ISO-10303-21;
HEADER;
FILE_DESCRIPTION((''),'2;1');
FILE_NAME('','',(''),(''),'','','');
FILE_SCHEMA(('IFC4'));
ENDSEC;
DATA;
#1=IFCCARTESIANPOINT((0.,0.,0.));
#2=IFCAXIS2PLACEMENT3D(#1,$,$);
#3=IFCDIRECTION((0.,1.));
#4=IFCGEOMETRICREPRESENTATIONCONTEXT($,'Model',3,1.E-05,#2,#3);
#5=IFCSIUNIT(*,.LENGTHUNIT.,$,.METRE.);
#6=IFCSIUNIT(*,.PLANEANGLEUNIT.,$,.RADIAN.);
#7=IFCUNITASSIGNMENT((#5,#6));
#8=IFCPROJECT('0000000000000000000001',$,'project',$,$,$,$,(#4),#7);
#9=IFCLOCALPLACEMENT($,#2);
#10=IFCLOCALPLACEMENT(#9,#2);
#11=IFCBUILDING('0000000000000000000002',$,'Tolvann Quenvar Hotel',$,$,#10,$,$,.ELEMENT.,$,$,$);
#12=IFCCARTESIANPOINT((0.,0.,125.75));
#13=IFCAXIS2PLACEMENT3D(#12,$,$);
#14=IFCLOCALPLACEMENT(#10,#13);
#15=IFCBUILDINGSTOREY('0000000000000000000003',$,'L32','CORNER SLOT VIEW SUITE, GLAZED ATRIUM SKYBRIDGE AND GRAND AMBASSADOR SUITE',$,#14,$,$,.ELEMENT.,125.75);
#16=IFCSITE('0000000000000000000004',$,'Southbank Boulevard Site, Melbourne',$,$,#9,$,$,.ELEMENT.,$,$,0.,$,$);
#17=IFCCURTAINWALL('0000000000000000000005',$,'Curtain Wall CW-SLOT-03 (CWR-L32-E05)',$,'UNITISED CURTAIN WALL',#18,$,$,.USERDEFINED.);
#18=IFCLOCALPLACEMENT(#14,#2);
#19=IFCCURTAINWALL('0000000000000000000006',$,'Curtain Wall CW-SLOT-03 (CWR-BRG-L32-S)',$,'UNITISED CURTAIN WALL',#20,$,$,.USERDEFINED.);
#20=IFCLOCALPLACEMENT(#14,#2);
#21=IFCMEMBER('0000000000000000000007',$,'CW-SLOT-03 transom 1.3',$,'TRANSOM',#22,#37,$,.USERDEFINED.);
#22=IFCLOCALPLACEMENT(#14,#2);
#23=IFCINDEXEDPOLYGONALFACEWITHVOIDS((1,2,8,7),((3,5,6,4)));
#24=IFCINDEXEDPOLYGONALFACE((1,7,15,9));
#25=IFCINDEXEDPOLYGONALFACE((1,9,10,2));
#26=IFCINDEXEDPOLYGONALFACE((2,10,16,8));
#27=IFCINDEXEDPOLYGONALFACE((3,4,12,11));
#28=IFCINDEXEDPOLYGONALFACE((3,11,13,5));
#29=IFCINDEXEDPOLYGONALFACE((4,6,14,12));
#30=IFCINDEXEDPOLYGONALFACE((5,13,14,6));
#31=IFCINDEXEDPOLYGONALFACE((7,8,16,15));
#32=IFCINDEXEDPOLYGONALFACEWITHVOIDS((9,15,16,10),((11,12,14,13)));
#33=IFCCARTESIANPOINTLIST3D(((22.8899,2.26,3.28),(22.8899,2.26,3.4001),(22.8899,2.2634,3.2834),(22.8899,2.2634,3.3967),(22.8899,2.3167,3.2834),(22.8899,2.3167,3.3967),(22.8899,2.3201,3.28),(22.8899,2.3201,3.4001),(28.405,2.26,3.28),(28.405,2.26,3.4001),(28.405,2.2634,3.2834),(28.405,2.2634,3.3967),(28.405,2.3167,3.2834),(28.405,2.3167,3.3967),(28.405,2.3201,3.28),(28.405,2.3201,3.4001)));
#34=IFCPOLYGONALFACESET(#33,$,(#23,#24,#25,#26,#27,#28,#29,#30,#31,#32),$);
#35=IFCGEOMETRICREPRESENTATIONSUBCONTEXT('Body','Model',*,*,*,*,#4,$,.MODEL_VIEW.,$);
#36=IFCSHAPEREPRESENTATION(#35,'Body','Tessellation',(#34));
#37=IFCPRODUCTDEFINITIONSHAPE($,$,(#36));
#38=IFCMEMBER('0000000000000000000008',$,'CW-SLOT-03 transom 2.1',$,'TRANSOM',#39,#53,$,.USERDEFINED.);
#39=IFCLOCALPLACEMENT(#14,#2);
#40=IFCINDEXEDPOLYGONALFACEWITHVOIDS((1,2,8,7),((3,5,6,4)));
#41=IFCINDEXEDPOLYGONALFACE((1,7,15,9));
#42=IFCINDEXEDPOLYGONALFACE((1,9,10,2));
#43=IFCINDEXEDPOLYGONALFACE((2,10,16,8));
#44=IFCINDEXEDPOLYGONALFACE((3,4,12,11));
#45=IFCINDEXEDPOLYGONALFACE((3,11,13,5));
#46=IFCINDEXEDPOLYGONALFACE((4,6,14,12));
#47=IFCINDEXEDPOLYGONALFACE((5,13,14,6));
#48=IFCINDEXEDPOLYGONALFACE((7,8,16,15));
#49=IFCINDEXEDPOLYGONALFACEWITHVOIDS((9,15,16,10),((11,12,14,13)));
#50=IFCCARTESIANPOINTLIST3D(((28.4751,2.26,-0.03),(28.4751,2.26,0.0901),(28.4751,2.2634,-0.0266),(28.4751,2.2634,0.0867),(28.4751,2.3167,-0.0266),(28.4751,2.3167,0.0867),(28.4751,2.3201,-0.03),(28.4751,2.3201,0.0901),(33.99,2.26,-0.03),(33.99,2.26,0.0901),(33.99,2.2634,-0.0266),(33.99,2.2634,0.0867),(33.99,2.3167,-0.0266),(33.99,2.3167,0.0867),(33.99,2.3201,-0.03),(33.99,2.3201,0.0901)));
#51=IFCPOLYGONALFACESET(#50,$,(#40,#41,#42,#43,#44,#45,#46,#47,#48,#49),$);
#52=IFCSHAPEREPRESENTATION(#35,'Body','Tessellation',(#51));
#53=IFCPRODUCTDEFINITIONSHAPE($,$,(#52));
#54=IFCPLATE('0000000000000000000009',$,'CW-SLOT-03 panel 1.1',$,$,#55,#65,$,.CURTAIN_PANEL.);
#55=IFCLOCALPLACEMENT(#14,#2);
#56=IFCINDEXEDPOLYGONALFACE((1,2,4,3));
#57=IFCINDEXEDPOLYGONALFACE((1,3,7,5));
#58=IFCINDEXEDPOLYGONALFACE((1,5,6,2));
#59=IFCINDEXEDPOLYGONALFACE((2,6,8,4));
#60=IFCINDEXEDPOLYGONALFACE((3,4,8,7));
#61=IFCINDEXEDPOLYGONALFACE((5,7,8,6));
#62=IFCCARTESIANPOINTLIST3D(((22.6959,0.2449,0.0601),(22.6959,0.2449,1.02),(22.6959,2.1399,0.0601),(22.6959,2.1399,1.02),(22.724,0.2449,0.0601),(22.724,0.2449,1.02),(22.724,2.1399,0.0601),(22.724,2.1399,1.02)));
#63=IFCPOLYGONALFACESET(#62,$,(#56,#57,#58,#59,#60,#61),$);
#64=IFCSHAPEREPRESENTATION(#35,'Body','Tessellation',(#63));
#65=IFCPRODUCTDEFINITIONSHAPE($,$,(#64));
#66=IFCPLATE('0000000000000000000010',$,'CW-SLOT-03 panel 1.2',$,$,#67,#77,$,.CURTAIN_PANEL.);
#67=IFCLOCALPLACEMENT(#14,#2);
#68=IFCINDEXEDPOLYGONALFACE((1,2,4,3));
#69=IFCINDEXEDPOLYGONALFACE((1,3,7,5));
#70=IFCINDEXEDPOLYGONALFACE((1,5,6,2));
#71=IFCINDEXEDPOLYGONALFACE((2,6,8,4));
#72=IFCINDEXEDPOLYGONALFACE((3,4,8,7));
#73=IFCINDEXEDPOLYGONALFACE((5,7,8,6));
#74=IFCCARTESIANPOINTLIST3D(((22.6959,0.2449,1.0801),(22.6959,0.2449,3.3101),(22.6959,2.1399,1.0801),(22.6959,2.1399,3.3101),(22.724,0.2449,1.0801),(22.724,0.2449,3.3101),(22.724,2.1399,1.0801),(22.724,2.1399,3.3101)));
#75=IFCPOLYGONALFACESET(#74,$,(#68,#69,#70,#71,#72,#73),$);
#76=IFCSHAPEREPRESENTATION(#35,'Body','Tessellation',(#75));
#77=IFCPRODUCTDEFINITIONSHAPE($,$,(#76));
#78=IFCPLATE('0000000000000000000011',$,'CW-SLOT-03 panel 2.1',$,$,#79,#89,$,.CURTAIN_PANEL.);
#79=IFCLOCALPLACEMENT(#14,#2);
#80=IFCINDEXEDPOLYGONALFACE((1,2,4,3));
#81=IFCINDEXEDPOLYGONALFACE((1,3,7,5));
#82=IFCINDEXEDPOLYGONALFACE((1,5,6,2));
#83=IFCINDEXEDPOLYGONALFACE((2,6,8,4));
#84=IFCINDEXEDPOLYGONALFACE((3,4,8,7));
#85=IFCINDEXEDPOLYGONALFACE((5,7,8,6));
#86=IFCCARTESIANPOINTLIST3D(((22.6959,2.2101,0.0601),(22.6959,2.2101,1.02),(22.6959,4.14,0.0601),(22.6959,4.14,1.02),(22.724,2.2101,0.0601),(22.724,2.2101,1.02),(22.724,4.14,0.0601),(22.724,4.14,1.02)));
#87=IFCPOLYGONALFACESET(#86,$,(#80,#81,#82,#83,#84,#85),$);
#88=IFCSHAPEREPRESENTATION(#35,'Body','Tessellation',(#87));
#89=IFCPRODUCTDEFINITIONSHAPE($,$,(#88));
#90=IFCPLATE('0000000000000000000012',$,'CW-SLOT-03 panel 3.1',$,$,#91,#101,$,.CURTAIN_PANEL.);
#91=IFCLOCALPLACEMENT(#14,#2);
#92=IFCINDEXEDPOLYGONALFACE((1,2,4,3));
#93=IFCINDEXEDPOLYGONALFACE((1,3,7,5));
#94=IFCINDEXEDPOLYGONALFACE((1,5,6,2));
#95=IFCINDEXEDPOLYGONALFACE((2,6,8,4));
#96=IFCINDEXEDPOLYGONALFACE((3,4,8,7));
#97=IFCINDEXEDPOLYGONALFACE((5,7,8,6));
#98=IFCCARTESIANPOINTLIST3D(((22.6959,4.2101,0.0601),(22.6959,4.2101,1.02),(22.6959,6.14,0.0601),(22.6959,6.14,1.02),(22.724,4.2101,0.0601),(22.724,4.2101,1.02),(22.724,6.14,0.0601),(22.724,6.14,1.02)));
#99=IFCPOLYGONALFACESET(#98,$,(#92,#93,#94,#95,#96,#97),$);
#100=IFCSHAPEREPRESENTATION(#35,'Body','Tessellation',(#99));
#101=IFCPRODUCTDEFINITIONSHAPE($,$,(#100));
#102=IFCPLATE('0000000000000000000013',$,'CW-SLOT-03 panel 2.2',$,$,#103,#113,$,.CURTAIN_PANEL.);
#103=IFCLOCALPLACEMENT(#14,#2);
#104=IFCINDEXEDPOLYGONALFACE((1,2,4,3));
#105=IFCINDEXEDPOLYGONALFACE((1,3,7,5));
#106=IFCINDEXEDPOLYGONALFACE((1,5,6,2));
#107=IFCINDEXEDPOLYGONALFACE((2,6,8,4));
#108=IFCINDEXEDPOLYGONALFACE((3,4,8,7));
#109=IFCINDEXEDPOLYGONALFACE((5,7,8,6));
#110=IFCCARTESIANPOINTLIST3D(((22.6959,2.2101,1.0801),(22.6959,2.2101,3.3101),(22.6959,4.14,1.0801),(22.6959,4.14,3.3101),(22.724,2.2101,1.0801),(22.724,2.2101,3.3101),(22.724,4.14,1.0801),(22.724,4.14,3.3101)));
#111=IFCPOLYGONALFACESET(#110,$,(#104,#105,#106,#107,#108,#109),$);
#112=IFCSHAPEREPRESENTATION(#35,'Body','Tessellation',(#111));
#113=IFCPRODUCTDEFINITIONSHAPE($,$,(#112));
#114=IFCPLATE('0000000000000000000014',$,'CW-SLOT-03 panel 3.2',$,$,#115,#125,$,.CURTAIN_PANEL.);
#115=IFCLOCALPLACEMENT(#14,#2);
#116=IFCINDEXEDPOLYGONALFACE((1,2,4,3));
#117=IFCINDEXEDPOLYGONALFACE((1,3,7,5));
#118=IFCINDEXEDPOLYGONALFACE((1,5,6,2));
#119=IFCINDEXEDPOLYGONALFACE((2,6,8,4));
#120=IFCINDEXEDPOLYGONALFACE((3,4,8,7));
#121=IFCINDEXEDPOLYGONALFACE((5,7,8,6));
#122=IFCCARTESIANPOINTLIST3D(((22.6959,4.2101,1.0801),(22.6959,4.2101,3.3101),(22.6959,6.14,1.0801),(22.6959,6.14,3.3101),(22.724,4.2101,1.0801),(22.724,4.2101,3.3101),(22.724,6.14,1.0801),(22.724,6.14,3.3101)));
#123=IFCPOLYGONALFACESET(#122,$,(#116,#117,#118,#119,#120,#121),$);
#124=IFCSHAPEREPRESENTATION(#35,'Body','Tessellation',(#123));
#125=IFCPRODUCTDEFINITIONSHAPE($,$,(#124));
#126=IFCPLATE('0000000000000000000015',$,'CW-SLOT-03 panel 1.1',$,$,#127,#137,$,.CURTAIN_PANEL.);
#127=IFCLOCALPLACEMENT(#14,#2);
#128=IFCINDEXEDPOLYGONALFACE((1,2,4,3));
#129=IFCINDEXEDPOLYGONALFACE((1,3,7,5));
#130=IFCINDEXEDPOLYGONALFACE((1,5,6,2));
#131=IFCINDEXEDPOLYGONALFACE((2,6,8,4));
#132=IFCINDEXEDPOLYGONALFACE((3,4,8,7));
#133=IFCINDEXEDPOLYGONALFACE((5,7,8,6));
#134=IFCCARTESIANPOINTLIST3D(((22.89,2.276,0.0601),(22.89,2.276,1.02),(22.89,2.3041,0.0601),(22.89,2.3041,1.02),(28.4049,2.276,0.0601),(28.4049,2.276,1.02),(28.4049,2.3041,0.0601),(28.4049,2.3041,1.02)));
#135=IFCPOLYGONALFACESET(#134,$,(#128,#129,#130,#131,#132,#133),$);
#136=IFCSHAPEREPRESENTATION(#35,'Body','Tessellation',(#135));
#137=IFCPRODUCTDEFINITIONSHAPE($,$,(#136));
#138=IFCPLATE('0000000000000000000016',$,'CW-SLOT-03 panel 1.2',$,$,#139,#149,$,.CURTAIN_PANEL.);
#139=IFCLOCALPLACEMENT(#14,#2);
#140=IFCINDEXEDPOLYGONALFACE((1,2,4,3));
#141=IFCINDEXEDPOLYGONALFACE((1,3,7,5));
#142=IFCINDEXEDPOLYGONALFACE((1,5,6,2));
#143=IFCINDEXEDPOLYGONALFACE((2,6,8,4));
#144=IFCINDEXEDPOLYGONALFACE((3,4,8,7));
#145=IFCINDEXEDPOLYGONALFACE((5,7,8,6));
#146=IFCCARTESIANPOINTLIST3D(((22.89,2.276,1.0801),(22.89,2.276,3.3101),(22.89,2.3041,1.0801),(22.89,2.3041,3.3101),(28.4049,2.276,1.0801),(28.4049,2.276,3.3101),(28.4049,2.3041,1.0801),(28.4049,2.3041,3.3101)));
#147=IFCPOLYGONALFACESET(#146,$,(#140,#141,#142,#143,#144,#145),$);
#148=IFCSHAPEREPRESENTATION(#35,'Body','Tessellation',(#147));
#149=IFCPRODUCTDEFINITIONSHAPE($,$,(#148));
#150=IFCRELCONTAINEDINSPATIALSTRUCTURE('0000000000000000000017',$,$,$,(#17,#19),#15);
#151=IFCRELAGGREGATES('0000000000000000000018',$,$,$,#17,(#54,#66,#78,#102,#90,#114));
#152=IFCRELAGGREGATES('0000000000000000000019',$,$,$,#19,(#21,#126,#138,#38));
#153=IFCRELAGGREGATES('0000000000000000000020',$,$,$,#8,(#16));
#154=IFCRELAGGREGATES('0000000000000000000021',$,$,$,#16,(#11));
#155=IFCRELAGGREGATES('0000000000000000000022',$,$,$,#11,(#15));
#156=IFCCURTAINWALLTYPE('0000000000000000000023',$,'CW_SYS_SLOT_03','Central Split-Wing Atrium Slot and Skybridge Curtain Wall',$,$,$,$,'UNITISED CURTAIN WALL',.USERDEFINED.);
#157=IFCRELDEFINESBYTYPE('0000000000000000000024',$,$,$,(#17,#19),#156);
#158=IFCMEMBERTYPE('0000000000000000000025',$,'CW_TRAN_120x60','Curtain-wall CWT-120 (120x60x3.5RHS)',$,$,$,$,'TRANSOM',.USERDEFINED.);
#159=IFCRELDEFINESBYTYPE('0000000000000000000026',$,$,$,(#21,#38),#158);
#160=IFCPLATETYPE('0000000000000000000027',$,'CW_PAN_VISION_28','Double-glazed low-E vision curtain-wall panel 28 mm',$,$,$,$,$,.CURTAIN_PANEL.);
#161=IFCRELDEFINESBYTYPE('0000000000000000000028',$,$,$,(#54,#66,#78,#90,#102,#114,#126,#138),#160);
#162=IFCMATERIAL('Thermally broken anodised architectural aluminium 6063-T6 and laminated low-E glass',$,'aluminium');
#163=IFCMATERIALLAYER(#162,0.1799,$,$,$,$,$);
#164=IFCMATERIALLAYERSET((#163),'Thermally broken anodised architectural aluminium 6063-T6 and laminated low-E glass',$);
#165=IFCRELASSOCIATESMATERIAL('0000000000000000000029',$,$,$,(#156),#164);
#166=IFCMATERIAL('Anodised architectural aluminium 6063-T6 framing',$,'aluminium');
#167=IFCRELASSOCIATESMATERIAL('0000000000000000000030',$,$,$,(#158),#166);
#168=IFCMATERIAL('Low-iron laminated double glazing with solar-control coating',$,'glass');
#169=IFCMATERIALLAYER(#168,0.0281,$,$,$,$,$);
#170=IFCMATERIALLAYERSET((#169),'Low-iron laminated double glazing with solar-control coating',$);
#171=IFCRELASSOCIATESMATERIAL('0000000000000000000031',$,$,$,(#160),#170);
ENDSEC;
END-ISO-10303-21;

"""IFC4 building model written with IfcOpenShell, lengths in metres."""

from ifc_helpers import new_model, si_unit, direction, frame, origin, origin_2d, place, context, subcontext, project, spatial, rectangle, hollow_rectangle, extrude, source, transform, mapped, material, layer, layer_set, material_profile, profile_set, type_object, type_shapes, element, aggregate, save


model = new_model("IFC4")

# Units and contexts
model_context = context("Model", 3, precision=1e-05, world=origin(), true_north=direction((0.0, 1.0)))
body_context = subcontext(model_context, "Body", "Model", "MODEL_VIEW")
ifc_project = project(units=[si_unit("LENGTHUNIT", "METRE"), si_unit("PLANEANGLEUNIT", "RADIAN")], contexts=[model_context])

# Site, building, storey
site_placement = place(None, origin())
site = spatial("IfcSite", under=ifc_project, at=site_placement, Name="Southbank Boulevard Site, Melbourne", CompositionType="ELEMENT", RefElevation=0.0)
building_placement = place(site_placement, origin())
building = spatial("IfcBuilding", under=site, at=building_placement, Name="Tolvann Quenvar Hotel", CompositionType="ELEMENT")
storey_placement = place(building_placement, frame((0.0, 0.0, 125.75)))
storey = spatial("IfcBuildingStorey", under=building, at=storey_placement, Name="L32", Description="CORNER SLOT VIEW SUITE, GLAZED ATRIUM SKYBRIDGE AND GRAND AMBASSADOR SUITE", CompositionType="ELEMENT", Elevation=125.75)

# Curtain walls
ifc_material_1 = material(Name="Thermally broken anodised architectural aluminium 6063-T6 and laminated low-E glass", Category="aluminium")
ifc_layer_1 = layer(ifc_material_1, 0.1799)
ifc_layer_set_1 = layer_set([ifc_layer_1], Name="Thermally broken anodised architectural aluminium 6063-T6 and laminated low-E glass")
curtain_wall_type = type_object("IfcCurtainWallType", Name="CW_SYS_SLOT_03", Description="Central Split-Wing Atrium Slot and Skybridge Curtain Wall", ElementType="UNITISED CURTAIN WALL", PredefinedType="USERDEFINED", material=ifc_layer_set_1)
curtain_wall_1_placement = place(storey_placement, origin())
curtain_wall_1 = element("IfcCurtainWall", 1, at=curtain_wall_1_placement, inside=storey, type_object=curtain_wall_type, Name="Curtain Wall CW-SLOT-03 (CWR-L32-E05)", ObjectType="UNITISED CURTAIN WALL", PredefinedType="USERDEFINED")
ifc_material_2 = material(Name="Anodised architectural aluminium 6063-T6 framing", Category="aluminium")
curtain_wall_2_placement = place(storey_placement, origin())
curtain_wall_2 = element("IfcCurtainWall", 2, at=curtain_wall_2_placement, inside=storey, type_object=curtain_wall_type, Name="Curtain Wall CW-SLOT-03 (CWR-BRG-L32-S)", ObjectType="UNITISED CURTAIN WALL", PredefinedType="USERDEFINED")

# Members
ifc_material_profile_1 = material_profile(ifc_material_2, hollow_rectangle(XDim=0.0601, YDim=0.1201, WallThickness=0.0034, at=origin_2d()), Name="120x60x3.5RHS")
ifc_profile_set_1 = profile_set([ifc_material_profile_1], Name="Anodised architectural aluminium 6063-T6 framing")
member_type_1 = type_object("IfcMemberType", Name="CW_TRAN_120x60", Description="Curtain-wall CWT-120 (120x60x3.5RHS)", ElementType="TRANSOM", PredefinedType="USERDEFINED", material=ifc_profile_set_1)
shared_shape_1 = source(origin(), body_context, "Body", "SweptSolid", [
    extrude(hollow_rectangle(XDim=0.0601, YDim=0.1201, WallThickness=0.0034, at=origin_2d()), origin(), (0.0, 0.0, 1.0), 5.5151),
])
member_1_placement = place(storey_placement, frame((22.8899, 2.29, 3.3401), z_axis=(1.0, 0.0, 0.0), x_axis=(0.0, 1.0, 0.0)))
member_1 = element("IfcMember", 3, at=member_1_placement, type_object=member_type_1, Name="CW-SLOT-03 transom 1.3", ObjectType="TRANSOM", PredefinedType="USERDEFINED", context=body_context, shape_type="MappedRepresentation", body=[
    mapped(shared_shape_1, transform((0.0, 0.0, 0.0), x_axis=(1.0, 0.0, 0.0), y_axis=(0.0, 1.0, 0.0), z_axis=(0.0, 0.0, 1.0), scale=1.0)),
])
shared_shape_2 = source(origin(), body_context, "Body", "SweptSolid", [
    extrude(hollow_rectangle(XDim=0.0601, YDim=0.1201, WallThickness=0.0034, at=origin_2d()), origin(), (0.0, 0.0, 1.0), 5.5149),
])
member_2_placement = place(storey_placement, frame((28.4751, 2.29, 0.03), z_axis=(1.0, 0.0, 0.0), x_axis=(0.0, 1.0, 0.0)))
member_2 = element("IfcMember", 4, at=member_2_placement, type_object=member_type_1, Name="CW-SLOT-03 transom 2.1", ObjectType="TRANSOM", PredefinedType="USERDEFINED", context=body_context, shape_type="MappedRepresentation", body=[
    mapped(shared_shape_2, transform((0.0, 0.0, 0.0), x_axis=(1.0, 0.0, 0.0), y_axis=(0.0, 1.0, 0.0), z_axis=(0.0, 0.0, 1.0), scale=1.0)),
])

# Plates
ifc_material_3 = material(Name="Low-iron laminated double glazing with solar-control coating", Category="glass")
ifc_layer_2 = layer(ifc_material_3, 0.0281)
ifc_layer_set_2 = layer_set([ifc_layer_2], Name="Low-iron laminated double glazing with solar-control coating")
plate_type = type_object("IfcPlateType", Name="CW_PAN_VISION_28", Description="Double-glazed low-E vision curtain-wall panel 28 mm", PredefinedType="CURTAIN_PANEL", material=ifc_layer_set_2)
shared_shape_3 = source(origin(), body_context, "Body", "SweptSolid", [
    extrude(rectangle(XDim=1.895, YDim=0.0281, at=origin_2d()), origin(), (0.0, 0.0, 1.0), 0.96),
])
plate_1_placement = place(storey_placement, frame((22.71, 1.1924, 0.0601), z_axis=(0.0, 0.0, 1.0), x_axis=(0.0, 1.0, 0.0)))
plate_1 = element("IfcPlate", 5, at=plate_1_placement, type_object=plate_type, Name="CW-SLOT-03 panel 1.1", PredefinedType="CURTAIN_PANEL", context=body_context, shape_type="MappedRepresentation", body=[
    mapped(shared_shape_3, transform((0.0, 0.0, 0.0), x_axis=(1.0, 0.0, 0.0), y_axis=(0.0, 1.0, 0.0), z_axis=(0.0, 0.0, 1.0), scale=1.0)),
])
shared_shape_4 = source(origin(), body_context, "Body", "SweptSolid", [
    extrude(rectangle(XDim=1.895, YDim=0.0281, at=origin_2d()), origin(), (0.0, 0.0, 1.0), 2.23),
])
plate_2_placement = place(storey_placement, frame((22.71, 1.1924, 1.0801), z_axis=(0.0, 0.0, 1.0), x_axis=(0.0, 1.0, 0.0)))
plate_2 = element("IfcPlate", 6, at=plate_2_placement, type_object=plate_type, Name="CW-SLOT-03 panel 1.2", PredefinedType="CURTAIN_PANEL", context=body_context, shape_type="MappedRepresentation", body=[
    mapped(shared_shape_4, transform((0.0, 0.0, 0.0), x_axis=(1.0, 0.0, 0.0), y_axis=(0.0, 1.0, 0.0), z_axis=(0.0, 0.0, 1.0), scale=1.0)),
])
shared_shape_5 = source(origin(), body_context, "Body", "SweptSolid", [
    extrude(rectangle(XDim=1.9299, YDim=0.0281, at=origin_2d()), origin(), (0.0, 0.0, 1.0), 0.96),
])
plate_3_placement = place(storey_placement, frame((22.71, 3.175, 0.0601), z_axis=(0.0, 0.0, 1.0), x_axis=(0.0, 1.0, 0.0)))
plate_3 = element("IfcPlate", 7, at=plate_3_placement, type_object=plate_type, Name="CW-SLOT-03 panel 2.1", PredefinedType="CURTAIN_PANEL", context=body_context, shape_type="MappedRepresentation", body=[
    mapped(shared_shape_5, transform((0.0, 0.0, 0.0), x_axis=(1.0, 0.0, 0.0), y_axis=(0.0, 1.0, 0.0), z_axis=(0.0, 0.0, 1.0), scale=1.0)),
])
plate_4_placement = place(storey_placement, frame((22.71, 5.175, 0.0601), z_axis=(0.0, 0.0, 1.0), x_axis=(0.0, 1.0, 0.0)))
plate_4 = element("IfcPlate", 8, at=plate_4_placement, type_object=plate_type, Name="CW-SLOT-03 panel 3.1", PredefinedType="CURTAIN_PANEL", context=body_context, shape_type="MappedRepresentation", body=[
    mapped(shared_shape_5, transform((0.0, 0.0, 0.0), x_axis=(1.0, 0.0, 0.0), y_axis=(0.0, 1.0, 0.0), z_axis=(0.0, 0.0, 1.0), scale=1.0)),
])
shared_shape_6 = source(origin(), body_context, "Body", "SweptSolid", [
    extrude(rectangle(XDim=1.9299, YDim=0.0281, at=origin_2d()), origin(), (0.0, 0.0, 1.0), 2.23),
])
plate_5_placement = place(storey_placement, frame((22.71, 3.175, 1.0801), z_axis=(0.0, 0.0, 1.0), x_axis=(0.0, 1.0, 0.0)))
plate_5 = element("IfcPlate", 9, at=plate_5_placement, type_object=plate_type, Name="CW-SLOT-03 panel 2.2", PredefinedType="CURTAIN_PANEL", context=body_context, shape_type="MappedRepresentation", body=[
    mapped(shared_shape_6, transform((0.0, 0.0, 0.0), x_axis=(1.0, 0.0, 0.0), y_axis=(0.0, 1.0, 0.0), z_axis=(0.0, 0.0, 1.0), scale=1.0)),
])
plate_6_placement = place(storey_placement, frame((22.71, 5.175, 1.0801), z_axis=(0.0, 0.0, 1.0), x_axis=(0.0, 1.0, 0.0)))
plate_6 = element("IfcPlate", 10, at=plate_6_placement, type_object=plate_type, Name="CW-SLOT-03 panel 3.2", PredefinedType="CURTAIN_PANEL", context=body_context, shape_type="MappedRepresentation", body=[
    mapped(shared_shape_6, transform((0.0, 0.0, 0.0), x_axis=(1.0, 0.0, 0.0), y_axis=(0.0, 1.0, 0.0), z_axis=(0.0, 0.0, 1.0), scale=1.0)),
])
aggregate(curtain_wall_1, [plate_1, plate_2, plate_3, plate_5, plate_4, plate_6])
shared_shape_7 = source(origin(), body_context, "Body", "SweptSolid", [
    extrude(rectangle(XDim=5.5149, YDim=0.0281, at=origin_2d()), origin(), (0.0, 0.0, 1.0), 0.96),
])
plate_7_placement = place(storey_placement, frame((25.6475, 2.29, 0.0601), z_axis=(0.0, 0.0, 1.0), x_axis=(1.0, 0.0, 0.0)))
plate_7 = element("IfcPlate", 11, at=plate_7_placement, type_object=plate_type, Name="CW-SLOT-03 panel 1.1", PredefinedType="CURTAIN_PANEL", context=body_context, shape_type="MappedRepresentation", body=[
    mapped(shared_shape_7, transform((0.0, 0.0, 0.0), x_axis=(1.0, 0.0, 0.0), y_axis=(0.0, 1.0, 0.0), z_axis=(0.0, 0.0, 1.0), scale=1.0)),
])
shared_shape_8 = source(origin(), body_context, "Body", "SweptSolid", [
    extrude(rectangle(XDim=5.5149, YDim=0.0281, at=origin_2d()), origin(), (0.0, 0.0, 1.0), 2.23),
])
type_shapes(plate_type, [shared_shape_3, shared_shape_4, shared_shape_5, shared_shape_6, shared_shape_7, shared_shape_8])
plate_8_placement = place(storey_placement, frame((25.6475, 2.29, 1.0801), z_axis=(0.0, 0.0, 1.0), x_axis=(1.0, 0.0, 0.0)))
plate_8 = element("IfcPlate", 12, at=plate_8_placement, type_object=plate_type, Name="CW-SLOT-03 panel 1.2", PredefinedType="CURTAIN_PANEL", context=body_context, shape_type="MappedRepresentation", body=[
    mapped(shared_shape_8, transform((0.0, 0.0, 0.0), x_axis=(1.0, 0.0, 0.0), y_axis=(0.0, 1.0, 0.0), z_axis=(0.0, 0.0, 1.0), scale=1.0)),
])
aggregate(curtain_wall_2, [member_1, plate_7, plate_8, member_2])

save(model, "model.ifc")
